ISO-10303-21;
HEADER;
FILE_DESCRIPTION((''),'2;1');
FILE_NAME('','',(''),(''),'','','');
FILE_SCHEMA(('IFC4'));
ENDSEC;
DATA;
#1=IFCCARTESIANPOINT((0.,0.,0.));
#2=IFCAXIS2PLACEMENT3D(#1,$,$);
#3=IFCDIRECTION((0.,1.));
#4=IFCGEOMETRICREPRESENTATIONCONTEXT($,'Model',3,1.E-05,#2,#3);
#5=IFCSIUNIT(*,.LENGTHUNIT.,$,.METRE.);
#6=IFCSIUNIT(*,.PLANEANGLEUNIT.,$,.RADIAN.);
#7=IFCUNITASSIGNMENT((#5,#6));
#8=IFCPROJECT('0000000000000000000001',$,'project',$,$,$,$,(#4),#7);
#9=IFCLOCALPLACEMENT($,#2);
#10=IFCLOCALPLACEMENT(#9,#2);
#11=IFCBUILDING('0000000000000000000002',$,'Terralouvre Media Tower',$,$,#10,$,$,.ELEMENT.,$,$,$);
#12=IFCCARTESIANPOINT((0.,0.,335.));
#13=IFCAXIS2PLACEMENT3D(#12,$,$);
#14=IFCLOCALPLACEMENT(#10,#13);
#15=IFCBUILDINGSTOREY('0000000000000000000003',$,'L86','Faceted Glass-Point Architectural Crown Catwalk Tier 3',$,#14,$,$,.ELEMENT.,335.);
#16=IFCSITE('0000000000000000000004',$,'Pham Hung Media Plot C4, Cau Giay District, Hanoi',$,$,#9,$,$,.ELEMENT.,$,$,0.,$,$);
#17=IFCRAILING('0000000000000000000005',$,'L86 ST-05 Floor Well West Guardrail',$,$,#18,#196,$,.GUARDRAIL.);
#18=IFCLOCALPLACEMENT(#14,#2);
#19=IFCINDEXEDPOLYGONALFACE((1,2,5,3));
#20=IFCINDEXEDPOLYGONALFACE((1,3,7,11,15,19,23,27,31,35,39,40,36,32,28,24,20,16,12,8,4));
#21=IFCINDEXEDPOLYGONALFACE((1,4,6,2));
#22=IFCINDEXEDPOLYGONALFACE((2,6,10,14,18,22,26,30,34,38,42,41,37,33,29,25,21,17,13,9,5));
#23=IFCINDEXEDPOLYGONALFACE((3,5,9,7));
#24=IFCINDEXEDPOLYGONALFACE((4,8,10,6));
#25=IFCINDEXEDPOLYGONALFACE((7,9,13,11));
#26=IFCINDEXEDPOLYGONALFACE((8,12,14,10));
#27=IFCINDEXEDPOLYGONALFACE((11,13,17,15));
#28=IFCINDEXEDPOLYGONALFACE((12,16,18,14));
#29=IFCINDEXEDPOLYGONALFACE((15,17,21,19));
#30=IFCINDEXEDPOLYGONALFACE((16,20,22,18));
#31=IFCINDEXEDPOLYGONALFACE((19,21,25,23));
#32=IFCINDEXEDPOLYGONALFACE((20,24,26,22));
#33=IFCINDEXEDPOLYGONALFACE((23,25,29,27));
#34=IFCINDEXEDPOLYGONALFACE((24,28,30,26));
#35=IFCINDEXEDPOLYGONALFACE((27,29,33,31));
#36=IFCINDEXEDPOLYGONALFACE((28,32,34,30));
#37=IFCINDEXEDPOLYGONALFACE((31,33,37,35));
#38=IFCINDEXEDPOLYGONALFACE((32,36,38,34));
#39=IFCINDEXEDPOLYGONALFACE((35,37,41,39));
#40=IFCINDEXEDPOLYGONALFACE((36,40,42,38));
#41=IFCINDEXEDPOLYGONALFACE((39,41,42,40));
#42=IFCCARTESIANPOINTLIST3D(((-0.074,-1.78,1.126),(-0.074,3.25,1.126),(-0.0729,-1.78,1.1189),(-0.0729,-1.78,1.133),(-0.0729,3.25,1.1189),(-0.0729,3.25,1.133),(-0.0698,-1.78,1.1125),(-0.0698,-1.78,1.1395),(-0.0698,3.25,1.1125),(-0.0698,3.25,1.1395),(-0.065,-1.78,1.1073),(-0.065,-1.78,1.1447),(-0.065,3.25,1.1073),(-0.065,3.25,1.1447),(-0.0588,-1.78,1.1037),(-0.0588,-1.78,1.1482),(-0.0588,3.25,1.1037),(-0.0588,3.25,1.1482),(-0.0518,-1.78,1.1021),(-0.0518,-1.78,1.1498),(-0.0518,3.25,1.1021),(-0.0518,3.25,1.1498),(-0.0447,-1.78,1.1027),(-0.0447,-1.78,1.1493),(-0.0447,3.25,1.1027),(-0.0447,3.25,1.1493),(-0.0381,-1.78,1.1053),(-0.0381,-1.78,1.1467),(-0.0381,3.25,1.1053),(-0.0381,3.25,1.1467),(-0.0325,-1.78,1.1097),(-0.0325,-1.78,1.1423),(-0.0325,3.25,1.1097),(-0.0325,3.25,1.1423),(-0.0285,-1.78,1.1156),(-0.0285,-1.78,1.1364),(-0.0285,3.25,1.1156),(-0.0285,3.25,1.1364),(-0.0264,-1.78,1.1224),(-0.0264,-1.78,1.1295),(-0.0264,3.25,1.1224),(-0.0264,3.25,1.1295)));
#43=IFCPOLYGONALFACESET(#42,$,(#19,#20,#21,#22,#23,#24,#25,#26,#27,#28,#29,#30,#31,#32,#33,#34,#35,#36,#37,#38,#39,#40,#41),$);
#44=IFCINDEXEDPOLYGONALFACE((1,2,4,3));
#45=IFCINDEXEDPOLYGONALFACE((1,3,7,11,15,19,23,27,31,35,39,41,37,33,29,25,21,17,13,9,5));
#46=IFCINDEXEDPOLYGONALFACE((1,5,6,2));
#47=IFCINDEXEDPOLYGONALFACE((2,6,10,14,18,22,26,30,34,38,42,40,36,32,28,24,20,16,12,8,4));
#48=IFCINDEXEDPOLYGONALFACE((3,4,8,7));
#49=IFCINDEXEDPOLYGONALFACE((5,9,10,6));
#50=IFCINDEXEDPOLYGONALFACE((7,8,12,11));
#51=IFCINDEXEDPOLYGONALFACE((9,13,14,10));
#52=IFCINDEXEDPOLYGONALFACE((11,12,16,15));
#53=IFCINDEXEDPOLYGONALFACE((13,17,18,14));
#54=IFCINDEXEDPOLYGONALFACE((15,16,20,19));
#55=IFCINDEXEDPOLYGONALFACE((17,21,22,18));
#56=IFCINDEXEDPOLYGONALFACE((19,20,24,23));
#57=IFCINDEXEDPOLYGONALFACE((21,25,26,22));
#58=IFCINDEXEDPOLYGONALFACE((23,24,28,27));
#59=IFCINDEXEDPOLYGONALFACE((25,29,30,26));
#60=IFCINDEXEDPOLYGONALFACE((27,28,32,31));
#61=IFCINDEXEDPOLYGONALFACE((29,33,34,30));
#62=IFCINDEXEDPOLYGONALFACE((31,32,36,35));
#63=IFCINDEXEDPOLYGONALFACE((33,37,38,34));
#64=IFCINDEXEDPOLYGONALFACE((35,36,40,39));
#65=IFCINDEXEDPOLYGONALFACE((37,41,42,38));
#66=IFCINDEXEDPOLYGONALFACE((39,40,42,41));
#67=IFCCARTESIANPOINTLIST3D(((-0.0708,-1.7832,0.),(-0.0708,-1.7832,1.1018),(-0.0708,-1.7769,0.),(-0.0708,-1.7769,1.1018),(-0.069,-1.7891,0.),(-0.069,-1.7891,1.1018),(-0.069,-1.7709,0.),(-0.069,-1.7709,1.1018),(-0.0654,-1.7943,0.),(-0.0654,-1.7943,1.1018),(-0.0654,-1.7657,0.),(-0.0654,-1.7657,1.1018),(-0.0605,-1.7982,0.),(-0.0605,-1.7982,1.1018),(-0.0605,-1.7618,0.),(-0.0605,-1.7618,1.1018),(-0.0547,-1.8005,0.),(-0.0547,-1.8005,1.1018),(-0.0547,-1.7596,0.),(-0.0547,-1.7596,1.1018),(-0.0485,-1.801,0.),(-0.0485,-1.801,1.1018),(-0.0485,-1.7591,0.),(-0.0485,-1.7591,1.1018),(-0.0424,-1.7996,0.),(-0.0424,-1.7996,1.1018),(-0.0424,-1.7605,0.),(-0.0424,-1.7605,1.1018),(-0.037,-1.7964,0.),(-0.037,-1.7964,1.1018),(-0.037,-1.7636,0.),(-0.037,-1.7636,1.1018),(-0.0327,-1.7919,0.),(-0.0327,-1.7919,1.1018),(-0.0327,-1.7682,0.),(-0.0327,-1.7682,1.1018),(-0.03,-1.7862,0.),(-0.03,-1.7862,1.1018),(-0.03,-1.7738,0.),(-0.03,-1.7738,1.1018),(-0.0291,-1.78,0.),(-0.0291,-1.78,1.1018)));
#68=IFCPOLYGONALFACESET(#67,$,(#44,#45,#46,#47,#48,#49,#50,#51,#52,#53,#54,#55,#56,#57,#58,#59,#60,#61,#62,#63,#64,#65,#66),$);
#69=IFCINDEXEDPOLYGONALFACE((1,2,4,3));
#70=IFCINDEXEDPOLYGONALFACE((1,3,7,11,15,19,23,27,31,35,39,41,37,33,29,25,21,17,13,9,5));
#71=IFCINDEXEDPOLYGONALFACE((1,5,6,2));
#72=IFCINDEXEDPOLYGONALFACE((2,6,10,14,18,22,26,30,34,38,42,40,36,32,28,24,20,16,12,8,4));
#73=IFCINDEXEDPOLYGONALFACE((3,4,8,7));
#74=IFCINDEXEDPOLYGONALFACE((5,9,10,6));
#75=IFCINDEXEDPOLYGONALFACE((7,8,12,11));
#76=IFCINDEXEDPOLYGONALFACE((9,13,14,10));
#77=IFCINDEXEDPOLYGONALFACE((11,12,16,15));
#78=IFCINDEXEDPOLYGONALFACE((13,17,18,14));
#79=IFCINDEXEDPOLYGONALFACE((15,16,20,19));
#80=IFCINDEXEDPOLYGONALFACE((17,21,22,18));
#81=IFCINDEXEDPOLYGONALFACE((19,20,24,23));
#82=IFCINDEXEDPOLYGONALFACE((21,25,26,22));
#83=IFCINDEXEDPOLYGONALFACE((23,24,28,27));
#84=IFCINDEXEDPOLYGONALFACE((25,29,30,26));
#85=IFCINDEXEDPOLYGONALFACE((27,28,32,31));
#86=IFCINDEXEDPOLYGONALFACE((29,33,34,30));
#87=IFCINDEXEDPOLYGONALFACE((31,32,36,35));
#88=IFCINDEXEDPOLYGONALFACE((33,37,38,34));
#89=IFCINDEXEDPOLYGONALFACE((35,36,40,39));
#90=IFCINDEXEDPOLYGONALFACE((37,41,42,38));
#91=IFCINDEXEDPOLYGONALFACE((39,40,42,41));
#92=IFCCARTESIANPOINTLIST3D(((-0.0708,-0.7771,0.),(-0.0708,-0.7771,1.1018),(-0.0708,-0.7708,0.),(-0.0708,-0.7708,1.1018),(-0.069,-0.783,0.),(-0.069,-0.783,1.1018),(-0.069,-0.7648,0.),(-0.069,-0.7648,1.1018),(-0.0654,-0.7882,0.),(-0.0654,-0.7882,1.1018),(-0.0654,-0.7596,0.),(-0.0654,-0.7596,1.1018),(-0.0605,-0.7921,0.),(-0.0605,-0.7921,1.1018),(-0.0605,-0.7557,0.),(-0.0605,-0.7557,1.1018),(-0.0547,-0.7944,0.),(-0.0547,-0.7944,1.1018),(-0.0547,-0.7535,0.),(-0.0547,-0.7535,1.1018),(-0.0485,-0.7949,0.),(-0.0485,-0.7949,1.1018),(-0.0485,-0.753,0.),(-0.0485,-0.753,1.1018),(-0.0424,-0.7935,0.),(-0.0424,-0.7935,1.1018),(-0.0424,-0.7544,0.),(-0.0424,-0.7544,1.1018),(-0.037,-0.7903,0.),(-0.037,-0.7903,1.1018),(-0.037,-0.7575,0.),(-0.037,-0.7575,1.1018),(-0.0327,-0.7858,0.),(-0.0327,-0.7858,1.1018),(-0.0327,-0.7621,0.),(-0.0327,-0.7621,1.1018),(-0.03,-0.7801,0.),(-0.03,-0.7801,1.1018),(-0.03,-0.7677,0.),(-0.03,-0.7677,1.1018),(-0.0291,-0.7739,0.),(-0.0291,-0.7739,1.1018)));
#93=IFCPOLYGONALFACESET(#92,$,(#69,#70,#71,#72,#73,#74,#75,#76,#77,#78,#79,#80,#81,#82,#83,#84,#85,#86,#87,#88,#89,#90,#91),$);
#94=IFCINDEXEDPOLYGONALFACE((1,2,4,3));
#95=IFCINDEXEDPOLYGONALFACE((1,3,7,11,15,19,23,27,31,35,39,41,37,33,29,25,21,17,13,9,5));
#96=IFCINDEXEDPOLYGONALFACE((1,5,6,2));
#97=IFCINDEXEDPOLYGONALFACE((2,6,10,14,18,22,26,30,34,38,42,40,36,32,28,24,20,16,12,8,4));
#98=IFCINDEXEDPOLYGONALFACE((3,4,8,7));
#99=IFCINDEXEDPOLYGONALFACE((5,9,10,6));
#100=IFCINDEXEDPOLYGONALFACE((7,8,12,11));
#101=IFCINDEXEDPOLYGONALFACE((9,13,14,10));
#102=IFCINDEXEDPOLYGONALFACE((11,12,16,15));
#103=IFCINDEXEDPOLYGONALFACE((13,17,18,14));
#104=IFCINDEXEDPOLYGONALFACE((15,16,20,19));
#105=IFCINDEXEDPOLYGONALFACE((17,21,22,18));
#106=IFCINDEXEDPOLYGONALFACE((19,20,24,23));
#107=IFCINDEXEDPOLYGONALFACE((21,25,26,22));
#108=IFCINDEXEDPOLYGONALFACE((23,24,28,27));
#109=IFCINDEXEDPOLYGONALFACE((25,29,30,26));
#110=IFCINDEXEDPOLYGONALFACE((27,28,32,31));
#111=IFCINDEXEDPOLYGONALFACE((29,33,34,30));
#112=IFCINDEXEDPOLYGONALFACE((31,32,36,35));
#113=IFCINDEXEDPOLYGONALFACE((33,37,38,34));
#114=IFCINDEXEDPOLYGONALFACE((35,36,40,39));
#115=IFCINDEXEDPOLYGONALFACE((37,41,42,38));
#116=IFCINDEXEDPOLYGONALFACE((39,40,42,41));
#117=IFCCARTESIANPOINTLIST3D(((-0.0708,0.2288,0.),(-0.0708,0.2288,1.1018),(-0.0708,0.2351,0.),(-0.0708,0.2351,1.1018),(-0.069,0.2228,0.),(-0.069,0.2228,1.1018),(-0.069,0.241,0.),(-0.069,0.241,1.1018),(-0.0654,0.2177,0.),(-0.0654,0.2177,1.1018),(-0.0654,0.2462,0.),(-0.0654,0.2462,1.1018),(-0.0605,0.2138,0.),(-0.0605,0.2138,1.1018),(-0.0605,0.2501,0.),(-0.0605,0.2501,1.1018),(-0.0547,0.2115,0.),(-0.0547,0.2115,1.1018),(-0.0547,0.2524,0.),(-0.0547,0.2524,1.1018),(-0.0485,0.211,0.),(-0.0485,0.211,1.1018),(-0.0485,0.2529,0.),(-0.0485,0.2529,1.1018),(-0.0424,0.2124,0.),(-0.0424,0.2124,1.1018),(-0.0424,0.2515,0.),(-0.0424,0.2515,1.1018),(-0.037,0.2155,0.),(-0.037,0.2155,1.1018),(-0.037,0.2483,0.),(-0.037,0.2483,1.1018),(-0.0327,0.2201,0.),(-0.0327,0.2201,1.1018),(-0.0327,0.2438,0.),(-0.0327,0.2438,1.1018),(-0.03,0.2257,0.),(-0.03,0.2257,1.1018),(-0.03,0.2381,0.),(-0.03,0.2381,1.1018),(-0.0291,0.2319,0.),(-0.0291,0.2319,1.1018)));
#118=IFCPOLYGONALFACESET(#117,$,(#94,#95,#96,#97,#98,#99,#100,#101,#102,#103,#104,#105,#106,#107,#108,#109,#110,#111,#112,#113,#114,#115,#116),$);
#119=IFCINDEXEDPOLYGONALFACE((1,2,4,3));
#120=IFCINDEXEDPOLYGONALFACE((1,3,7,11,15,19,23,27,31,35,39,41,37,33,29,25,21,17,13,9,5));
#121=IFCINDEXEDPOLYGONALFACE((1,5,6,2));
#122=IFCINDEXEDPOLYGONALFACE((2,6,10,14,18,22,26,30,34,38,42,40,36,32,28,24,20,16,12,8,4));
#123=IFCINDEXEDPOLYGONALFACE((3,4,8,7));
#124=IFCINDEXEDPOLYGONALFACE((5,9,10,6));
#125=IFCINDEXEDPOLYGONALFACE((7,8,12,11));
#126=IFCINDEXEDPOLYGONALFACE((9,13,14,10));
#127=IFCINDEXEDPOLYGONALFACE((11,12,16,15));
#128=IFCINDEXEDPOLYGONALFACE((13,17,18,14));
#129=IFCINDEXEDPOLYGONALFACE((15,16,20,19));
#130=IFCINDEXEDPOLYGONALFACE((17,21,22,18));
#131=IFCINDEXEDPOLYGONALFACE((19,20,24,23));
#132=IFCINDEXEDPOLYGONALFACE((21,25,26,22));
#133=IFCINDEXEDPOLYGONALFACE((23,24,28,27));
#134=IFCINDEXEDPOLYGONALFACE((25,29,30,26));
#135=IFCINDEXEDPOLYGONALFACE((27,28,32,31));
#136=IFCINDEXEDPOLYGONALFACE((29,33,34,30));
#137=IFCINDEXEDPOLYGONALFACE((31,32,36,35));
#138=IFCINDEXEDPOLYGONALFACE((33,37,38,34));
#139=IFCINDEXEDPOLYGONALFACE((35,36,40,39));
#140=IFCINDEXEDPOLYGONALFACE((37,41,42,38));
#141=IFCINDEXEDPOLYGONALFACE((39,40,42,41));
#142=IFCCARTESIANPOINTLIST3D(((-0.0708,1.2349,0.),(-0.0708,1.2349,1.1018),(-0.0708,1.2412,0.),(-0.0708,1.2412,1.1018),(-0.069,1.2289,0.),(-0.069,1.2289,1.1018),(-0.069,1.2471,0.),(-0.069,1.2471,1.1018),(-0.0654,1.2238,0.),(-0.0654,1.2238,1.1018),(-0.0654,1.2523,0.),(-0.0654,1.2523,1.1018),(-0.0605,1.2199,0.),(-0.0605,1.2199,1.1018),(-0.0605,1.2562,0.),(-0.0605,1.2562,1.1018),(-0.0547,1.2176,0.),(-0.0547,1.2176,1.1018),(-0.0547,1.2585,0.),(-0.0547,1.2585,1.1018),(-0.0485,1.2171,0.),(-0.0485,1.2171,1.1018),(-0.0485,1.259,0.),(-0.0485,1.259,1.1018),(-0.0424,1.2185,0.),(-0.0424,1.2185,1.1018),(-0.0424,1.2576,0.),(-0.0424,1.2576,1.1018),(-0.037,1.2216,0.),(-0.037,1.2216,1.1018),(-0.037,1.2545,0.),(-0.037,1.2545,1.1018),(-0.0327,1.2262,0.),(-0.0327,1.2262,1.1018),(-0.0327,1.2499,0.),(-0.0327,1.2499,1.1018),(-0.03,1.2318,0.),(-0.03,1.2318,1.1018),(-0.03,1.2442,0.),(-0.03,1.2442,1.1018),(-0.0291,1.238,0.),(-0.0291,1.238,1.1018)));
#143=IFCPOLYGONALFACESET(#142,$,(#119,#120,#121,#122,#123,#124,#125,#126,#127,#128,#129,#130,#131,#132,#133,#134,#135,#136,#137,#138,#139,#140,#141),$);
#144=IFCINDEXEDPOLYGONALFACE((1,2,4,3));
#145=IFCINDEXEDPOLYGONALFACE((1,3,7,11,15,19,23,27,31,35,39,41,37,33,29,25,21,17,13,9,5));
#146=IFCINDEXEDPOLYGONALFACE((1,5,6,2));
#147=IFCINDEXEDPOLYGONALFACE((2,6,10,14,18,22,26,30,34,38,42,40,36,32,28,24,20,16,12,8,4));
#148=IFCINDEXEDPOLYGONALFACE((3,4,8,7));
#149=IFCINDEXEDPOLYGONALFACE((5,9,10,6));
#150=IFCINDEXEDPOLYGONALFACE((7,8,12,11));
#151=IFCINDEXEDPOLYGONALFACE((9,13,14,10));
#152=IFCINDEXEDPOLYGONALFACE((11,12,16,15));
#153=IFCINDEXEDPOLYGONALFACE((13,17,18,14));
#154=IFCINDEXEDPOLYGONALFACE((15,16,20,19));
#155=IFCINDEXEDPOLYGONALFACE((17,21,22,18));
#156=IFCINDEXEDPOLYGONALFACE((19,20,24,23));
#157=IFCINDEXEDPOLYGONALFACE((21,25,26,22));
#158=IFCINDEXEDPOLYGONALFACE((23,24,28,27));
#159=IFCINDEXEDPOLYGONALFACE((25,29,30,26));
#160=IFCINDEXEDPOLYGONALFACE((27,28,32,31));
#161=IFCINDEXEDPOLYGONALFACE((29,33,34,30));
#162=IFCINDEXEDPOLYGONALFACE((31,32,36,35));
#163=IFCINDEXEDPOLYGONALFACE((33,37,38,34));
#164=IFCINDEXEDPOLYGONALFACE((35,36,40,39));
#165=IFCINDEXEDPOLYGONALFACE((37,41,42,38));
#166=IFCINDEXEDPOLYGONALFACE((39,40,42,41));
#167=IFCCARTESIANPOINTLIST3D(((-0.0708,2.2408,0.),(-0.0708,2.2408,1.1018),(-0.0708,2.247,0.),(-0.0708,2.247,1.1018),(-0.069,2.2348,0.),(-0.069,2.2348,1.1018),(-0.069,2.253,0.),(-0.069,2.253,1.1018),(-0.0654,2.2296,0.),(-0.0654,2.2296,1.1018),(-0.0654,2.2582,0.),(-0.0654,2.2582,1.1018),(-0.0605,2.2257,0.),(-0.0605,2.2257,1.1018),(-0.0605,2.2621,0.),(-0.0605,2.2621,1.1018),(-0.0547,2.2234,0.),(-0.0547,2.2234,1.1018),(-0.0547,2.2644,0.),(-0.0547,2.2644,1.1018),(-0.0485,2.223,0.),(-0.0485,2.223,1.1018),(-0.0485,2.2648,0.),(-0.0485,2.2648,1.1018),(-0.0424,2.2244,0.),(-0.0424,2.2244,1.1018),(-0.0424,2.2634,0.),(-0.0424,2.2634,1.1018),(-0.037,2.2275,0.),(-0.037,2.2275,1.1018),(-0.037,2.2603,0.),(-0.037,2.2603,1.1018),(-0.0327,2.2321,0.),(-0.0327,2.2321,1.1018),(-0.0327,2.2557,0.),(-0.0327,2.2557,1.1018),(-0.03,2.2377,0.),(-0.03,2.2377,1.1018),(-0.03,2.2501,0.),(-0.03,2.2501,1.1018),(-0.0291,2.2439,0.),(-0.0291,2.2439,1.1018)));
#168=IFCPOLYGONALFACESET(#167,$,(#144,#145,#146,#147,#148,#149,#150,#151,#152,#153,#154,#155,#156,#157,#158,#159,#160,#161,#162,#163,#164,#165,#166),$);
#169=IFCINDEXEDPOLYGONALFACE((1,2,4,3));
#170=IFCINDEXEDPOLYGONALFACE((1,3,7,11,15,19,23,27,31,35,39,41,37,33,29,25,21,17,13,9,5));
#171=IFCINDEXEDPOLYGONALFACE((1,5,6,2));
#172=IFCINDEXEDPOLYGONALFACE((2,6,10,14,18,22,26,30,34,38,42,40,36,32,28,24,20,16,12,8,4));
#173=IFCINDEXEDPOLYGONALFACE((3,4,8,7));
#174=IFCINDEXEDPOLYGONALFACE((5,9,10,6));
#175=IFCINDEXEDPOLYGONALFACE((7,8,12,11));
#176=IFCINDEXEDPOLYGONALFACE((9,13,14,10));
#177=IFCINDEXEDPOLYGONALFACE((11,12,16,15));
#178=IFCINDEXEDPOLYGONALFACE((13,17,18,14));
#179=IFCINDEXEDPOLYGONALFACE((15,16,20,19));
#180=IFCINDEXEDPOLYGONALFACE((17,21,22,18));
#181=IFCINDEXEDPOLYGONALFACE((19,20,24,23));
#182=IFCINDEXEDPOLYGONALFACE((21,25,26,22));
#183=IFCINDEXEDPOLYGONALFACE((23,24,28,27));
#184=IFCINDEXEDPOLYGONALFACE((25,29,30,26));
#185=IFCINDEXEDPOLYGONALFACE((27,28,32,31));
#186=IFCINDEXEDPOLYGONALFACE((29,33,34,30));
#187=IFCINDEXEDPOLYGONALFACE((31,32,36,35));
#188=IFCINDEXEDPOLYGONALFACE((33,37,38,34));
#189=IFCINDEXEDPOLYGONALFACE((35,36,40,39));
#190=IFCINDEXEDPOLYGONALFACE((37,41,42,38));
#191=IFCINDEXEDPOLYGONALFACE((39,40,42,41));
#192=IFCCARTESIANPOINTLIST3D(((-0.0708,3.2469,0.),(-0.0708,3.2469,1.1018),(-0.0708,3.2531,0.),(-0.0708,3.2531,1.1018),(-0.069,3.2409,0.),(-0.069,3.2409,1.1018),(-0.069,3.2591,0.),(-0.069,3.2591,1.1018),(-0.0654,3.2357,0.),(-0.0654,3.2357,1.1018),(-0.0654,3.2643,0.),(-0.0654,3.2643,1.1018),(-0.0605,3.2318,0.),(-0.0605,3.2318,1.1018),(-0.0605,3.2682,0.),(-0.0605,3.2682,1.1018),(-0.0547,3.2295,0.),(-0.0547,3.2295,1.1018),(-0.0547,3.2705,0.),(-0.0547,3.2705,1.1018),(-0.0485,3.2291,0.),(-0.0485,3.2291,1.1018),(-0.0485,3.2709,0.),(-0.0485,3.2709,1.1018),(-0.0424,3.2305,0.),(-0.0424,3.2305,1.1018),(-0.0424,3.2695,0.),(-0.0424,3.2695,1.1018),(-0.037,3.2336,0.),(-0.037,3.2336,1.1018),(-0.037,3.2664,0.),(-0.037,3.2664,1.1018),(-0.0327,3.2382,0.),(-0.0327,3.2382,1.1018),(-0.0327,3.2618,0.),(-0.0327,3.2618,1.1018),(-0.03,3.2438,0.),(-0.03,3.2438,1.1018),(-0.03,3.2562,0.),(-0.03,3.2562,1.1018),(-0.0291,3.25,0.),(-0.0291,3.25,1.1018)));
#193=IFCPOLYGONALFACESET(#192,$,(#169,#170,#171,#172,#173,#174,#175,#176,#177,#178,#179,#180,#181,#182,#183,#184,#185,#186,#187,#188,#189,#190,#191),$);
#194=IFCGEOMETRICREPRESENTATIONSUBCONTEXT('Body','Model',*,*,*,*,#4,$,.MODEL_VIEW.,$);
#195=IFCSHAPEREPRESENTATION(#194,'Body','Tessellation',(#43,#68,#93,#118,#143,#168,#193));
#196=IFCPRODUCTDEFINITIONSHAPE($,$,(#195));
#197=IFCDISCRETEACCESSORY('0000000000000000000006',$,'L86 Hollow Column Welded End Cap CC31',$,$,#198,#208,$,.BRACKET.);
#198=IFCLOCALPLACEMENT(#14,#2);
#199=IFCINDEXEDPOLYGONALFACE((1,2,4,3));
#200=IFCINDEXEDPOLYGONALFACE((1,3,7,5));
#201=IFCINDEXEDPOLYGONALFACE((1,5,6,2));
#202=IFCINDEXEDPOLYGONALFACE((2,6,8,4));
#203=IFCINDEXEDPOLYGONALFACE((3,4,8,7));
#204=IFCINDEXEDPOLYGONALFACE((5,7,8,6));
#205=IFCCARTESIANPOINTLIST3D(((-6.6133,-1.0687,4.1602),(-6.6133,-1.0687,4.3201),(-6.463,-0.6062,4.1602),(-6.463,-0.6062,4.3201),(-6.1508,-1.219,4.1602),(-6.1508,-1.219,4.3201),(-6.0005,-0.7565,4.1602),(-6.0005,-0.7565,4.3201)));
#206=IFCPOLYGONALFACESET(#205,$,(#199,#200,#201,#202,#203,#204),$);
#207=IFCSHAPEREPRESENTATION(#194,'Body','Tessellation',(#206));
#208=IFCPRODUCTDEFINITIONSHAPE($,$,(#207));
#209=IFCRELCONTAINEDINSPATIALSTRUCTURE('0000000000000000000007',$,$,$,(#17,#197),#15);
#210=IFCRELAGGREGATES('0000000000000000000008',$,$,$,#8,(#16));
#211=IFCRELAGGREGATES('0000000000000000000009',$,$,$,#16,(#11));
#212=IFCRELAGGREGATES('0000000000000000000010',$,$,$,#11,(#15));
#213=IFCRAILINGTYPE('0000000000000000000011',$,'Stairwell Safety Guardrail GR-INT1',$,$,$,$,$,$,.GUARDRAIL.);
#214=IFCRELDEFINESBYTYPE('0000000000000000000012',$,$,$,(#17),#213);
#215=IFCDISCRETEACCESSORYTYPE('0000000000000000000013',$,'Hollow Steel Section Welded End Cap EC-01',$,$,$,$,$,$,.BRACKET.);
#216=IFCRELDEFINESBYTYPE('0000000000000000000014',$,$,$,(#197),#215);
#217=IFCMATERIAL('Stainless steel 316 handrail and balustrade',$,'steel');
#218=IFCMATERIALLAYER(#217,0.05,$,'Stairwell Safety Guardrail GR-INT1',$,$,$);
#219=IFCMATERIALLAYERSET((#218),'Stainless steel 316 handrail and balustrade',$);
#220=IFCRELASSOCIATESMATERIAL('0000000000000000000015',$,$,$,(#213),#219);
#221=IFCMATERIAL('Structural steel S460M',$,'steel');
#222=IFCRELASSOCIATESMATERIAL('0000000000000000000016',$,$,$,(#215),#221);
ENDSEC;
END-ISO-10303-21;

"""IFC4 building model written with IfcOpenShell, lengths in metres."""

from ifc_helpers import new_model, si_unit, direction, frame, origin, origin_2d, place, context, subcontext, project, spatial, rectangle, circle, extrude, material, layer, layer_set, type_object, element, save


model = new_model("IFC4")

# Units and contexts
model_context = context("Model", 3, precision=1e-05, world=origin(), true_north=direction((0.0, 1.0)))
body_context = subcontext(model_context, "Body", "Model", "MODEL_VIEW")
ifc_project = project(units=[si_unit("LENGTHUNIT", "METRE"), si_unit("PLANEANGLEUNIT", "RADIAN")], contexts=[model_context])

# Site, building, storey
site_placement = place(None, origin())
site = spatial("IfcSite", under=ifc_project, at=site_placement, Name="Pham Hung Media Plot C4, Cau Giay District, Hanoi", CompositionType="ELEMENT", RefElevation=0.0)
building_placement = place(site_placement, origin())
building = spatial("IfcBuilding", under=site, at=building_placement, Name="Terralouvre Media Tower", CompositionType="ELEMENT")
storey_placement = place(building_placement, frame((0.0, 0.0, 335.0)))
storey = spatial("IfcBuildingStorey", under=building, at=storey_placement, Name="L86", Description="Faceted Glass-Point Architectural Crown Catwalk Tier 3", CompositionType="ELEMENT", Elevation=335.0)

# Railing
ifc_material_1 = material(Name="Stainless steel 316 handrail and balustrade", Category="steel")
ifc_layer_1 = layer(ifc_material_1, 0.05, Name="Stairwell Safety Guardrail GR-INT1")
ifc_layer_set_1 = layer_set([ifc_layer_1], Name="Stainless steel 316 handrail and balustrade")
railing_type = type_object("IfcRailingType", Name="Stairwell Safety Guardrail GR-INT1", PredefinedType="GUARDRAIL", material=ifc_layer_set_1)
railing_placement = place(storey_placement, frame((-0.05, -1.78, 0.0)))
element("IfcRailing", 1, at=railing_placement, inside=storey, type_object=railing_type, Name="L86 ST-05 Floor Well West Guardrail", PredefinedType="GUARDRAIL", context=body_context, shape_type="SweptSolid", body=[
    extrude(circle(Radius=0.0239, at=origin_2d()), frame((0.0, 0.0, 1.126), z_axis=(0.0, 1.0, 0.0), x_axis=(-1.0, 0.0, 0.0)), (0.0, 0.0, 1.0), 5.03),
    extrude(circle(Radius=0.021, at=origin_2d()), origin(), (0.0, 0.0, 1.0), 1.1018),
    extrude(circle(Radius=0.021, at=origin_2d()), frame((0.0, 1.0061, 0.0)), (0.0, 0.0, 1.0), 1.1018),
    extrude(circle(Radius=0.021, at=origin_2d()), frame((0.0, 2.012, 0.0)), (0.0, 0.0, 1.0), 1.1018),
    extrude(circle(Radius=0.021, at=origin_2d()), frame((0.0, 3.0181, 0.0)), (0.0, 0.0, 1.0), 1.1018),
    extrude(circle(Radius=0.021, at=origin_2d()), frame((0.0, 4.0239, 0.0)), (0.0, 0.0, 1.0), 1.1018),
    extrude(circle(Radius=0.021, at=origin_2d()), frame((0.0, 5.03, 0.0)), (0.0, 0.0, 1.0), 1.1018),
])

# Discrete accessory
ifc_material_2 = material(Name="Structural steel S460M", Category="steel")
discrete_accessory_type = type_object("IfcDiscreteAccessoryType", Name="Hollow Steel Section Welded End Cap EC-01", PredefinedType="BRACKET", material=ifc_material_2)
discrete_accessory_1_placement = place(storey_placement, frame((-6.3069, -0.9126, 4.1602), z_axis=(0.0, 0.0, 1.0), x_axis=(0.309017, 0.951057, 0.0)))
element("IfcDiscreteAccessory", 2, at=discrete_accessory_1_placement, inside=storey, type_object=discrete_accessory_type, Name="L86 Hollow Column Welded End Cap CC31", PredefinedType="BRACKET", context=body_context, shape_type="SweptSolid", body=[
    extrude(rectangle(XDim=0.4863, YDim=0.4863, at=origin_2d()), origin(), (0.0, 0.0, 1.0), 0.1599),
])

save(model, "model.ifc")
